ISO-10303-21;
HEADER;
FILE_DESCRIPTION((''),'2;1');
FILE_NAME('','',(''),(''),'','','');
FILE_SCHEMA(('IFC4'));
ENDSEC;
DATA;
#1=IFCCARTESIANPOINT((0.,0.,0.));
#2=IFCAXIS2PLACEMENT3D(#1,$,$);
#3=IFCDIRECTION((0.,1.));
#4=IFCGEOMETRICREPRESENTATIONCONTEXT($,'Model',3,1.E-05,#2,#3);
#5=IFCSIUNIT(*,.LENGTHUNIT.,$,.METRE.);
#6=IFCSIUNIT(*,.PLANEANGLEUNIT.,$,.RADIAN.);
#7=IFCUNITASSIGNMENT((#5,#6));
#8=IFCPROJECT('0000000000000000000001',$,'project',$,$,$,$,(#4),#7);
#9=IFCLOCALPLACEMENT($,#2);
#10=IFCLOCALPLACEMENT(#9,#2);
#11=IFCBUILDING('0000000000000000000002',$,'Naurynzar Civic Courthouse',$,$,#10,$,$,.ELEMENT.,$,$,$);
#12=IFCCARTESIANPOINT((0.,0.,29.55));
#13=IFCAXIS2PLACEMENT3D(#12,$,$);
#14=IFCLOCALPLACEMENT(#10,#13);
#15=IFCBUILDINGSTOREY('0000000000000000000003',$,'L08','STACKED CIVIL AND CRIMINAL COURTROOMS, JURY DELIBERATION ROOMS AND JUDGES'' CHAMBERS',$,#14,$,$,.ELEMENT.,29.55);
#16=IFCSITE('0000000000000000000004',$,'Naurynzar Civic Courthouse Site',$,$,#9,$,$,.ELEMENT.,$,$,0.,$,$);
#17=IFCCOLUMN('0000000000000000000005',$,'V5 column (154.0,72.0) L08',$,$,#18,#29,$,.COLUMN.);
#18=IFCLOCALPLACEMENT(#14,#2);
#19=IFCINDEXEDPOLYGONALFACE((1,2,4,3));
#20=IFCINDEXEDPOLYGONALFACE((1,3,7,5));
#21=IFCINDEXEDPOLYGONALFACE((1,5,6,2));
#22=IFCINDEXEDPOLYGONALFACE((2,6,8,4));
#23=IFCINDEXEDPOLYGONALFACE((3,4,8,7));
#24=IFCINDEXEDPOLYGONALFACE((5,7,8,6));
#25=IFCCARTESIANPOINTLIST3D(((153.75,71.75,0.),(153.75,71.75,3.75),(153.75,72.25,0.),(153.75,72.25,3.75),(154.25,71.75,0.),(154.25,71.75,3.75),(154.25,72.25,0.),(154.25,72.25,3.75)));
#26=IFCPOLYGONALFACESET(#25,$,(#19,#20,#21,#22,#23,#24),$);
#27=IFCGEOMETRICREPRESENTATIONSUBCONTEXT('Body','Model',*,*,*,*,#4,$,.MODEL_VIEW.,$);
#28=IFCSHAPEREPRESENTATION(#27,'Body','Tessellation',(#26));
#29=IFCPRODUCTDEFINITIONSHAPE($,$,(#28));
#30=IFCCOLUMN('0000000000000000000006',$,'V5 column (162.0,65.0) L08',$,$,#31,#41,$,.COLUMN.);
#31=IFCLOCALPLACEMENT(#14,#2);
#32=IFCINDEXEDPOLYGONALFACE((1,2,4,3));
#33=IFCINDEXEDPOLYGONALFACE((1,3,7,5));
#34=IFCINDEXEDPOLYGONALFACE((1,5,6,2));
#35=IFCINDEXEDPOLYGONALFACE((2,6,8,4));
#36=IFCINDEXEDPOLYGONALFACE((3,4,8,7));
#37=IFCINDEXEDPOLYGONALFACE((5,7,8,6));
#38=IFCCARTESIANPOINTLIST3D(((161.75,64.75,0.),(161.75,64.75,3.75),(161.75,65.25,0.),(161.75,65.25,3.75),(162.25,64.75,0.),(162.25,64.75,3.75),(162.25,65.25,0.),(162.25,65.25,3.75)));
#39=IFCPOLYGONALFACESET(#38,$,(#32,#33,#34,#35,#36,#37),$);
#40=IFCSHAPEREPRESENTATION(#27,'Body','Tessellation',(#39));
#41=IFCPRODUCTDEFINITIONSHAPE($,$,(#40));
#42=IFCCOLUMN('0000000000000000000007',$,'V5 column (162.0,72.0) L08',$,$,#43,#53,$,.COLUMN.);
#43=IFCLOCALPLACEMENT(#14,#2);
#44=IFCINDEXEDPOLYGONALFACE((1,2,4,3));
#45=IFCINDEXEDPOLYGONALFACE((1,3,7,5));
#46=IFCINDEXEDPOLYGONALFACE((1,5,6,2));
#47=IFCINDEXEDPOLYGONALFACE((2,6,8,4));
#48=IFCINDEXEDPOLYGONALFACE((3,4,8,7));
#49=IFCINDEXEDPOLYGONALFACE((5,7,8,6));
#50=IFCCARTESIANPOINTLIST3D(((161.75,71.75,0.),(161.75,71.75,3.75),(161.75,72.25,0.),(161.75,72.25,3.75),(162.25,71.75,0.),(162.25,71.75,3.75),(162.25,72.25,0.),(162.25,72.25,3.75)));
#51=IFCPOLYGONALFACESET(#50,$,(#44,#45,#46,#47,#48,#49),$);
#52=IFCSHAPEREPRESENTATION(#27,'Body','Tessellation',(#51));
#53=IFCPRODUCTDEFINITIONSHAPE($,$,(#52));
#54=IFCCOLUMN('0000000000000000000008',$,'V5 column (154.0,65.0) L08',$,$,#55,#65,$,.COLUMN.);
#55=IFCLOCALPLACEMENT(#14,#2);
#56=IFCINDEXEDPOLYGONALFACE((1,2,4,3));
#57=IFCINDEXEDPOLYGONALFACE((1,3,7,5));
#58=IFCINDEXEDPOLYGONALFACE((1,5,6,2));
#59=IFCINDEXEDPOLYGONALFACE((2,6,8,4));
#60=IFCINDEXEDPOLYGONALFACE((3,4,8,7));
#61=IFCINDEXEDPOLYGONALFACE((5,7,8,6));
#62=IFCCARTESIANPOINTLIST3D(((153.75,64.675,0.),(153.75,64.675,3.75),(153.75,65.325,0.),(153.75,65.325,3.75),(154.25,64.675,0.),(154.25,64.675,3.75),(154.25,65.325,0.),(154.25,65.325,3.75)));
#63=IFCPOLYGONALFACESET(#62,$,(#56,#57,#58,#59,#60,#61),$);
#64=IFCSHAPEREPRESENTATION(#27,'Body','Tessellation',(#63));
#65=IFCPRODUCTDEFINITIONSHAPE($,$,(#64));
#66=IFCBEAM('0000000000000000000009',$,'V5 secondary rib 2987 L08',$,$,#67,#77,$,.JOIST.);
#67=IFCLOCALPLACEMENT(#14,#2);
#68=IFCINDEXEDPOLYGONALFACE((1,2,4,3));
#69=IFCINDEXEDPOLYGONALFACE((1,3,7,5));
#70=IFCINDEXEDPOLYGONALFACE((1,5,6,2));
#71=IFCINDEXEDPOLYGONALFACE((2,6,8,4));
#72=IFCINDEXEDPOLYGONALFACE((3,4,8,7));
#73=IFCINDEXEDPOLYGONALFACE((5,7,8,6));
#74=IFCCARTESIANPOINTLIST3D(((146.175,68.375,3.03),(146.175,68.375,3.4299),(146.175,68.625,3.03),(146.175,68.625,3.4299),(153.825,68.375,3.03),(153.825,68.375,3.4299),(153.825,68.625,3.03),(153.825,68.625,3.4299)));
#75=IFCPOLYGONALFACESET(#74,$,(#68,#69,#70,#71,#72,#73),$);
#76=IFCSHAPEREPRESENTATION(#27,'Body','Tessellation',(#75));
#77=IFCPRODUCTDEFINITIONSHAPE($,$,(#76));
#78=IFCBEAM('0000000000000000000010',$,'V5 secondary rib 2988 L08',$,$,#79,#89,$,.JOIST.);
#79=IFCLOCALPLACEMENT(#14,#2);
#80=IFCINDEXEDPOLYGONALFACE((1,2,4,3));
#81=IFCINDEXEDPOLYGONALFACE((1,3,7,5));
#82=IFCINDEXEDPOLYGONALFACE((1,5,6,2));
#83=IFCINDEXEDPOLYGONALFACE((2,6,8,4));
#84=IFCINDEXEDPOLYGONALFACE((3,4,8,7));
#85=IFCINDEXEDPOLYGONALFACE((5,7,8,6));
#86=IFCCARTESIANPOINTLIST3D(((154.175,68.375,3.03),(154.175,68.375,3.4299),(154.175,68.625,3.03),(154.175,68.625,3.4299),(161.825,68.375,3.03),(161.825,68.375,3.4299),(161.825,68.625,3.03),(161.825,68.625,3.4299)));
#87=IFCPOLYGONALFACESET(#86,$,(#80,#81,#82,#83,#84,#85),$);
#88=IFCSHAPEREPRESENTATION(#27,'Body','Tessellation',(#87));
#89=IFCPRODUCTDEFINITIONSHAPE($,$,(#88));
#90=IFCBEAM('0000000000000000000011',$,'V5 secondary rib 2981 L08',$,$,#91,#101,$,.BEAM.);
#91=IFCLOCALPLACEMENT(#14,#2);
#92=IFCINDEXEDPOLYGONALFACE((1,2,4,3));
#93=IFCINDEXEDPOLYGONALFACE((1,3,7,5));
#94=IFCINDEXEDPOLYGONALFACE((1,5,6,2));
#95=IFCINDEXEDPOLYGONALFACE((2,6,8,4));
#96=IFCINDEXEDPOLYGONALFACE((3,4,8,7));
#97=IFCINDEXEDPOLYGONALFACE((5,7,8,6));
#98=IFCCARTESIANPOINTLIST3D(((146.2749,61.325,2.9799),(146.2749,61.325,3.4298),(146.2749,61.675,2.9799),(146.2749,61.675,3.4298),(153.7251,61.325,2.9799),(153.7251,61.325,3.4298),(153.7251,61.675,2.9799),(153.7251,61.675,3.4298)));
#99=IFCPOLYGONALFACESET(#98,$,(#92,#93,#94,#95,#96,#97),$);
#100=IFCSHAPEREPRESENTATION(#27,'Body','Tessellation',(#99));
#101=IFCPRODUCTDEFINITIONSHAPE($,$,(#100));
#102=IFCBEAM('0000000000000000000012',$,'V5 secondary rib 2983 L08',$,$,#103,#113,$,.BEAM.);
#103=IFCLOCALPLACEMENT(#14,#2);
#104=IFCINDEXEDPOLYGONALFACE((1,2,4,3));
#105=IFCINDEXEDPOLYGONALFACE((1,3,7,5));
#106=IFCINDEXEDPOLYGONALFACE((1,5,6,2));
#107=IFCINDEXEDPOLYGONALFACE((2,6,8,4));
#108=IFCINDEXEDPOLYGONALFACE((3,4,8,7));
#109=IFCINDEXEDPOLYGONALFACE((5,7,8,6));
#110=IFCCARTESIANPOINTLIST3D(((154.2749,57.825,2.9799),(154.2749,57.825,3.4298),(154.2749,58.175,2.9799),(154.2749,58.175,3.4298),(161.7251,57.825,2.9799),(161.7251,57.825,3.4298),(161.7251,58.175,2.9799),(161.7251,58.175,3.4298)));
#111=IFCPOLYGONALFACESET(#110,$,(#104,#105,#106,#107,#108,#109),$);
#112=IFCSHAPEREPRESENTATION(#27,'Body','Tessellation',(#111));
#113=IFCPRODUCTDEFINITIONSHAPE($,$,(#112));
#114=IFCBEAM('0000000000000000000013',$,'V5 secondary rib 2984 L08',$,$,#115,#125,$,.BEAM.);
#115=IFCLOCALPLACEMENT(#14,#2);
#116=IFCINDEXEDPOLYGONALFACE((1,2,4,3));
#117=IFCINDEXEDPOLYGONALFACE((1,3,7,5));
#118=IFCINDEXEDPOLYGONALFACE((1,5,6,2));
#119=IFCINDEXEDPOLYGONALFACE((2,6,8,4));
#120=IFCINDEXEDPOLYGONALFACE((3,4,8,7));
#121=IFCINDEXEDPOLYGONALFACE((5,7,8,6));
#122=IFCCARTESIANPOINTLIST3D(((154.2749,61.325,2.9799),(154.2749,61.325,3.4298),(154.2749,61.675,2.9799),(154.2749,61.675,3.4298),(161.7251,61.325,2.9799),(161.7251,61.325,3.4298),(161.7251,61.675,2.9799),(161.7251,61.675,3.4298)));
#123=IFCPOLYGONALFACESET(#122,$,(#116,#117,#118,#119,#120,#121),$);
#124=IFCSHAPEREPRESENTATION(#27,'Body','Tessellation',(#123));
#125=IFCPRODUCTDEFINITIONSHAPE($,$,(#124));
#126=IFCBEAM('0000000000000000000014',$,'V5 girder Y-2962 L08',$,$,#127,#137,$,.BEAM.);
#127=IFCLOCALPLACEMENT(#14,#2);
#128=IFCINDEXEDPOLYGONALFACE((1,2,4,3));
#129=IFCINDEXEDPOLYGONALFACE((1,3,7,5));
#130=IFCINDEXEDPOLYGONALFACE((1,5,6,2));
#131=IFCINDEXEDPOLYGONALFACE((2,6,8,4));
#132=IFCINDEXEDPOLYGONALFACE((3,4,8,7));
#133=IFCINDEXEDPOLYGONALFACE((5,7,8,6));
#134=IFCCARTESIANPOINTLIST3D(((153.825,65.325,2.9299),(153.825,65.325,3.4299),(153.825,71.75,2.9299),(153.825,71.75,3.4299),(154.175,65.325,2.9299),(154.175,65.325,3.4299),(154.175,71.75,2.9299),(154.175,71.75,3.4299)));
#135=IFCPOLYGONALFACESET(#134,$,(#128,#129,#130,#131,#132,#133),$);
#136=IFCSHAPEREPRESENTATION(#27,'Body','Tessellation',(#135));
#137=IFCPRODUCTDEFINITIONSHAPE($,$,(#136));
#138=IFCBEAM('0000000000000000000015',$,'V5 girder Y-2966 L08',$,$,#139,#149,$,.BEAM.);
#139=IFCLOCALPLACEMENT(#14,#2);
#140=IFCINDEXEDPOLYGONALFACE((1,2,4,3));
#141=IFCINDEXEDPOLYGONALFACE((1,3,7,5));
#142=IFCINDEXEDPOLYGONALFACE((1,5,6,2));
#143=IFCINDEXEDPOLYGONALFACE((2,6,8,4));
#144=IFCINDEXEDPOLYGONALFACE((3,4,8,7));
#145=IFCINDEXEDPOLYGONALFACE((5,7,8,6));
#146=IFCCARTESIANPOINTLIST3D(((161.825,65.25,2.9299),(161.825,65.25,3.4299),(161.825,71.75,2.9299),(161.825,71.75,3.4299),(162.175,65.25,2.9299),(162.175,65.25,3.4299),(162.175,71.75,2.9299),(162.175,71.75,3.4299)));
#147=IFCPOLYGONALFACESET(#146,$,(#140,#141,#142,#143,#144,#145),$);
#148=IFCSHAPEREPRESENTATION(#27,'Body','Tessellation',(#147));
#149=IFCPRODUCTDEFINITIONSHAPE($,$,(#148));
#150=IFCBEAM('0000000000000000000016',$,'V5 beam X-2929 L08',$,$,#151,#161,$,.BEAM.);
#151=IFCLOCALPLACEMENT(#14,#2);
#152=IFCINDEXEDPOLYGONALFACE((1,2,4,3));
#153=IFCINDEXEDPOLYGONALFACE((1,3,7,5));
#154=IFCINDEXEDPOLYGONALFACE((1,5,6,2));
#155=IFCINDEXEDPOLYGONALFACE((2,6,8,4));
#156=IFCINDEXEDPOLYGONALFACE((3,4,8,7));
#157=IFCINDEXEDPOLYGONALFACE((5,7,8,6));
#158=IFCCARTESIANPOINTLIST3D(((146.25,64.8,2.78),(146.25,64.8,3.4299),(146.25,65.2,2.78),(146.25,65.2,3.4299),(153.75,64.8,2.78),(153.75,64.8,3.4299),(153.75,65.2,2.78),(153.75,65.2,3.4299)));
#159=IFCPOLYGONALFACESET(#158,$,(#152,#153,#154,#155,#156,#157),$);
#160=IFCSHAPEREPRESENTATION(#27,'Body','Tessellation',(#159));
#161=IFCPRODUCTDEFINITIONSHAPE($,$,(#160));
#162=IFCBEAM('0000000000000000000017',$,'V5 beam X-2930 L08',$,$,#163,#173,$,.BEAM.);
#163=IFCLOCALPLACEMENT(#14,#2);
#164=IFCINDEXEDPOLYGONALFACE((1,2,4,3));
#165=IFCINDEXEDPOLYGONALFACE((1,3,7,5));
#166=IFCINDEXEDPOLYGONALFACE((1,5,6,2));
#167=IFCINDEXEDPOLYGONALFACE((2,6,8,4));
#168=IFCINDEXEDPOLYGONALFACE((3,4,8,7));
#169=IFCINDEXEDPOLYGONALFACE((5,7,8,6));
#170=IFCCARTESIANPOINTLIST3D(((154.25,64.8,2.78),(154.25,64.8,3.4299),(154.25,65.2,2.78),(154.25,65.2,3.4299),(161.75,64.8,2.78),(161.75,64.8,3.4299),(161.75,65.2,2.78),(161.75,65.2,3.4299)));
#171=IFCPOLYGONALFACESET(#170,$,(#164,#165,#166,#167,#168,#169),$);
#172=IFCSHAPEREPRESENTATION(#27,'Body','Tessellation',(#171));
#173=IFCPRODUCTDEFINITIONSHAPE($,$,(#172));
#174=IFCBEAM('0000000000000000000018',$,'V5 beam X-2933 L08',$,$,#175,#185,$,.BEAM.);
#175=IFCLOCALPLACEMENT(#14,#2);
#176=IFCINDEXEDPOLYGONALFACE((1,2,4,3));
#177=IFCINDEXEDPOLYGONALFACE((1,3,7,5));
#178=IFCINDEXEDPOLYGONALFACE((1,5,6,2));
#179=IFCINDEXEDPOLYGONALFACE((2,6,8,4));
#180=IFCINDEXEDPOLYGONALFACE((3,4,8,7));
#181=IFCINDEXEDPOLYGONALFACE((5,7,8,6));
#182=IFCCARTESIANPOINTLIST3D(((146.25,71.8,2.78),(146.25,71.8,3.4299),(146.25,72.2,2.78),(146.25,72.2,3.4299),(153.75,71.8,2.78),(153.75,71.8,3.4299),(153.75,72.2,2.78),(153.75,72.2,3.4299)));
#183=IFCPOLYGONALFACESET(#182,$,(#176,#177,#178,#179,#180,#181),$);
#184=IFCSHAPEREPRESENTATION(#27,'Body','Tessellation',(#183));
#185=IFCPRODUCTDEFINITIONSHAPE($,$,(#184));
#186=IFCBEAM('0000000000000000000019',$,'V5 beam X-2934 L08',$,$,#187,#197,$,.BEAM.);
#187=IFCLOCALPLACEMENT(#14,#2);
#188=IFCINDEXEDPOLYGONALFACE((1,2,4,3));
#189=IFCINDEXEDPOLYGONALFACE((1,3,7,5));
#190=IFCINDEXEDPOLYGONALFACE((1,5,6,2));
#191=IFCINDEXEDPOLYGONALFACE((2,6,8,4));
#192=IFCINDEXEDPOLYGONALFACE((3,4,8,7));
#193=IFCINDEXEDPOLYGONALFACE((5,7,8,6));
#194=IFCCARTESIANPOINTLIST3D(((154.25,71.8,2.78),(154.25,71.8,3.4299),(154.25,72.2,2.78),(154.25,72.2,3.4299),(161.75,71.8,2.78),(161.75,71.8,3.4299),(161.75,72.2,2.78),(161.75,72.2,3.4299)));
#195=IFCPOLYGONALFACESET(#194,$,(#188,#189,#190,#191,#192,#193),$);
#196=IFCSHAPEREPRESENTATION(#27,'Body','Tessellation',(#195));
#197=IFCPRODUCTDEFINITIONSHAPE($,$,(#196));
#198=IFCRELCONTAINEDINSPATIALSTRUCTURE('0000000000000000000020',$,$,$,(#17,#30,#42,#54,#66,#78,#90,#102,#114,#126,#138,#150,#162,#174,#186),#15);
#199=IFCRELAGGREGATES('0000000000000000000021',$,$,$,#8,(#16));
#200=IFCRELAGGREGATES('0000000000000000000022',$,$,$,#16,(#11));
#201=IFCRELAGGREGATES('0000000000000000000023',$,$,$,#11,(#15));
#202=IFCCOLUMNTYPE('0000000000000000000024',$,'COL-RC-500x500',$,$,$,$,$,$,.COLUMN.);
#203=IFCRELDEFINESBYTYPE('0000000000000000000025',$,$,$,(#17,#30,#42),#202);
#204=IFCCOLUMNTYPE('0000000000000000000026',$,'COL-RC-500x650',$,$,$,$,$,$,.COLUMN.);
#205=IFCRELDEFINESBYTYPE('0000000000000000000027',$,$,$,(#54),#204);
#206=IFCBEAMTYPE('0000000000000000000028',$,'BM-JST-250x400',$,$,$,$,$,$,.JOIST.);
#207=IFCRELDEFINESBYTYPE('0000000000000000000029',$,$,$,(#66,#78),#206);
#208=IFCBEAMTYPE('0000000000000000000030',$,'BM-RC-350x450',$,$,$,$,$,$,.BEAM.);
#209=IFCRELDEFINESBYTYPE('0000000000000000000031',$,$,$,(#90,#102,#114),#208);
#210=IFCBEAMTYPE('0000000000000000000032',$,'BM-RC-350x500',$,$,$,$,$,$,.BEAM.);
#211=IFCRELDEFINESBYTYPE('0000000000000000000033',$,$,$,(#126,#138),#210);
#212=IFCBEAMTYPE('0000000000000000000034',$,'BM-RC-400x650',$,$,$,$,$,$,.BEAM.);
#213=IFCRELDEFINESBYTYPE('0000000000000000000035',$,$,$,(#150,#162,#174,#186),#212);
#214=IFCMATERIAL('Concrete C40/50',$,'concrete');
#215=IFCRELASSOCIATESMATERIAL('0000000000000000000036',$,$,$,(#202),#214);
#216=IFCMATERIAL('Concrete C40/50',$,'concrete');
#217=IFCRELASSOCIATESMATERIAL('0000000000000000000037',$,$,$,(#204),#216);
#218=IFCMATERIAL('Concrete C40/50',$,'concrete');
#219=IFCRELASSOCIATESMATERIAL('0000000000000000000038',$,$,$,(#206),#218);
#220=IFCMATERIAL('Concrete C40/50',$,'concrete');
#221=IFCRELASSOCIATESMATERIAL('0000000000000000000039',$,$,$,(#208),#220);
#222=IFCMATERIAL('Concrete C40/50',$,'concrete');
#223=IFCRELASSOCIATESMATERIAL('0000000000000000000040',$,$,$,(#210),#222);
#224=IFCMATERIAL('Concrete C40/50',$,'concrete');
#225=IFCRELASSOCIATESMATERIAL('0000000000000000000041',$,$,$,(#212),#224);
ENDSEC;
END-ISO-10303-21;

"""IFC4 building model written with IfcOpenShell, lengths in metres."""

from ifc_helpers import new_model, si_unit, direction, frame, origin, origin_2d, place, context, subcontext, project, spatial, rectangle, extrude, material, material_profile, profile_set, type_object, element, save


model = new_model("IFC4")

# Units and contexts
model_context = context("Model", 3, precision=1e-05, world=origin(), true_north=direction((0.0, 1.0)))
body_context = subcontext(model_context, "Body", "Model", "MODEL_VIEW")
ifc_project = project(units=[si_unit("LENGTHUNIT", "METRE"), si_unit("PLANEANGLEUNIT", "RADIAN")], contexts=[model_context])

# Site, building, storey
site_placement = place(None, origin())
site = spatial("IfcSite", under=ifc_project, at=site_placement, Name="Naurynzar Civic Courthouse Site", CompositionType="ELEMENT", RefElevation=0.0)
building_placement = place(site_placement, origin())
building = spatial("IfcBuilding", under=site, at=building_placement, Name="Naurynzar Civic Courthouse", CompositionType="ELEMENT")
storey_placement = place(building_placement, frame((0.0, 0.0, 29.55)))
storey = spatial("IfcBuildingStorey", under=building, at=storey_placement, Name="L08", Description="STACKED CIVIL AND CRIMINAL COURTROOMS, JURY DELIBERATION ROOMS AND JUDGES' CHAMBERS", CompositionType="ELEMENT", Elevation=29.55)

# Columns
ifc_material_1 = material(Name="Concrete C40/50", Category="concrete")
ifc_material_profile_1 = material_profile(ifc_material_1, rectangle(XDim=0.5, YDim=0.5, at=origin_2d()), Name="RC 500x500")
ifc_profile_set_1 = profile_set([ifc_material_profile_1], Name="Concrete C40/50")
column_type_1 = type_object("IfcColumnType", Name="COL-RC-500x500", PredefinedType="COLUMN", material=ifc_profile_set_1)
for number, where, z_axis, x_axis, name in (
    (1, (154.0, 72.0, 0.0), (0.0, 0.0, 1.0), (1.0, 0.0, 0.0), "V5 column (154.0,72.0) L08"),
    (2, (162.0, 65.0, 0.0), (0.0, 0.0, 1.0), (1.0, 0.0, 0.0), "V5 column (162.0,65.0) L08"),
    (3, (162.0, 72.0, 0.0), (0.0, 0.0, 1.0), (1.0, 0.0, 0.0), "V5 column (162.0,72.0) L08"),
):
    element("IfcColumn", number, at=place(storey_placement, frame(where, z_axis=z_axis, x_axis=x_axis)), inside=storey, type_object=column_type_1, Name=name, PredefinedType="COLUMN", context=body_context, shape_type="SweptSolid", body=[
        extrude(rectangle(XDim=0.5, YDim=0.5, at=origin_2d()), origin(), (0.0, 0.0, 1.0), 3.75),
    ])
ifc_material_2 = material(Name="Concrete C40/50", Category="concrete")
ifc_material_profile_2 = material_profile(ifc_material_2, rectangle(XDim=0.5, YDim=0.6499, at=origin_2d()), Name="RC 500x650")
ifc_profile_set_2 = profile_set([ifc_material_profile_2], Name="Concrete C40/50")
column_type_2 = type_object("IfcColumnType", Name="COL-RC-500x650", PredefinedType="COLUMN", material=ifc_profile_set_2)
column_placement = place(storey_placement, frame((154.0, 65.0, 0.0), z_axis=(0.0, 0.0, 1.0), x_axis=(1.0, 0.0, 0.0)))
element("IfcColumn", 4, at=column_placement, inside=storey, type_object=column_type_2, Name="V5 column (154.0,65.0) L08", PredefinedType="COLUMN", context=body_context, shape_type="SweptSolid", body=[
    extrude(rectangle(XDim=0.5, YDim=0.6499, at=origin_2d()), origin(), (0.0, 0.0, 1.0), 3.75),
])

# Beams
ifc_material_3 = material(Name="Concrete C40/50", Category="concrete")
ifc_material_profile_3 = material_profile(ifc_material_3, rectangle(XDim=0.25, YDim=0.3999, at=origin_2d()), Name="RCB 250x400")
ifc_profile_set_3 = profile_set([ifc_material_profile_3], Name="Concrete C40/50")
beam_type_1 = type_object("IfcBeamType", Name="BM-JST-250x400", PredefinedType="JOIST", material=ifc_profile_set_3)
for number, where, z_axis, x_axis, name in (
    (5, (146.175, 68.5, 3.23), (1.0, 0.0, 0.0), (0.0, 1.0, 0.0), "V5 secondary rib 2987 L08"),
    (6, (154.175, 68.5, 3.23), (1.0, 0.0, 0.0), (0.0, 1.0, 0.0), "V5 secondary rib 2988 L08"),
):
    element("IfcBeam", number, at=place(storey_placement, frame(where, z_axis=z_axis, x_axis=x_axis)), inside=storey, type_object=beam_type_1, Name=name, PredefinedType="JOIST", context=body_context, shape_type="SweptSolid", body=[
        extrude(rectangle(XDim=0.25, YDim=0.3999, at=origin_2d()), origin(), (0.0, 0.0, 1.0), 7.6499),
    ])
ifc_material_4 = material(Name="Concrete C40/50", Category="concrete")
ifc_material_profile_4 = material_profile(ifc_material_4, rectangle(XDim=0.3501, YDim=0.45, at=origin_2d()), Name="RCB 350x450")
ifc_profile_set_4 = profile_set([ifc_material_profile_4], Name="Concrete C40/50")
beam_type_2 = type_object("IfcBeamType", Name="BM-RC-350x450", PredefinedType="BEAM", material=ifc_profile_set_4)
for number, where, z_axis, x_axis, name in (
    (7, (146.2749, 61.5, 3.2048), (1.0, 0.0, 0.0), (0.0, 1.0, 0.0), "V5 secondary rib 2981 L08"),
    (8, (154.2749, 58.0, 3.2048), (1.0, 0.0, 0.0), (0.0, 1.0, 0.0), "V5 secondary rib 2983 L08"),
    (9, (154.2749, 61.5, 3.2048), (1.0, 0.0, 0.0), (0.0, 1.0, 0.0), "V5 secondary rib 2984 L08"),
):
    element("IfcBeam", number, at=place(storey_placement, frame(where, z_axis=z_axis, x_axis=x_axis)), inside=storey, type_object=beam_type_2, Name=name, PredefinedType="BEAM", context=body_context, shape_type="SweptSolid", body=[
        extrude(rectangle(XDim=0.3501, YDim=0.45, at=origin_2d()), origin(), (0.0, 0.0, 1.0), 7.4502),
    ])
ifc_material_5 = material(Name="Concrete C40/50", Category="concrete")
ifc_material_profile_5 = material_profile(ifc_material_5, rectangle(XDim=0.3501, YDim=0.5, at=origin_2d()), Name="RCB 350x500")
ifc_profile_set_5 = profile_set([ifc_material_profile_5], Name="Concrete C40/50")
beam_type_3 = type_object("IfcBeamType", Name="BM-RC-350x500", PredefinedType="BEAM", material=ifc_profile_set_5)
beam_1_placement = place(storey_placement, frame((154.0, 65.325, 3.1799), z_axis=(0.0, 1.0, 0.0), x_axis=(-1.0, 0.0, 0.0)))
element("IfcBeam", 10, at=beam_1_placement, inside=storey, type_object=beam_type_3, Name="V5 girder Y-2962 L08", PredefinedType="BEAM", context=body_context, shape_type="SweptSolid", body=[
    extrude(rectangle(XDim=0.3501, YDim=0.5, at=origin_2d()), origin(), (0.0, 0.0, 1.0), 6.425),
])
beam_2_placement = place(storey_placement, frame((162.0, 65.25, 3.1799), z_axis=(0.0, 1.0, 0.0), x_axis=(-1.0, 0.0, 0.0)))
element("IfcBeam", 11, at=beam_2_placement, inside=storey, type_object=beam_type_3, Name="V5 girder Y-2966 L08", PredefinedType="BEAM", context=body_context, shape_type="SweptSolid", body=[
    extrude(rectangle(XDim=0.3501, YDim=0.5, at=origin_2d()), origin(), (0.0, 0.0, 1.0), 6.5),
])
ifc_material_6 = material(Name="Concrete C40/50", Category="concrete")
ifc_material_profile_6 = material_profile(ifc_material_6, rectangle(XDim=0.3999, YDim=0.6499, at=origin_2d()), Name="RCB 400x650")
ifc_profile_set_6 = profile_set([ifc_material_profile_6], Name="Concrete C40/50")
beam_type_4 = type_object("IfcBeamType", Name="BM-RC-400x650", PredefinedType="BEAM", material=ifc_profile_set_6)
for number, where, z_axis, x_axis, name in (
    (12, (146.25, 65.0, 3.105), (1.0, 0.0, 0.0), (0.0, 1.0, 0.0), "V5 beam X-2929 L08"),
    (13, (154.25, 65.0, 3.105), (1.0, 0.0, 0.0), (0.0, 1.0, 0.0), "V5 beam X-2930 L08"),
    (14, (146.25, 72.0, 3.105), (1.0, 0.0, 0.0), (0.0, 1.0, 0.0), "V5 beam X-2933 L08"),
    (15, (154.25, 72.0, 3.105), (1.0, 0.0, 0.0), (0.0, 1.0, 0.0), "V5 beam X-2934 L08"),
):
    element("IfcBeam", number, at=place(storey_placement, frame(where, z_axis=z_axis, x_axis=x_axis)), inside=storey, type_object=beam_type_4, Name=name, PredefinedType="BEAM", context=body_context, shape_type="SweptSolid", body=[
        extrude(rectangle(XDim=0.3999, YDim=0.6499, at=origin_2d()), origin(), (0.0, 0.0, 1.0), 7.5),
    ])

save(model, "model.ifc")
